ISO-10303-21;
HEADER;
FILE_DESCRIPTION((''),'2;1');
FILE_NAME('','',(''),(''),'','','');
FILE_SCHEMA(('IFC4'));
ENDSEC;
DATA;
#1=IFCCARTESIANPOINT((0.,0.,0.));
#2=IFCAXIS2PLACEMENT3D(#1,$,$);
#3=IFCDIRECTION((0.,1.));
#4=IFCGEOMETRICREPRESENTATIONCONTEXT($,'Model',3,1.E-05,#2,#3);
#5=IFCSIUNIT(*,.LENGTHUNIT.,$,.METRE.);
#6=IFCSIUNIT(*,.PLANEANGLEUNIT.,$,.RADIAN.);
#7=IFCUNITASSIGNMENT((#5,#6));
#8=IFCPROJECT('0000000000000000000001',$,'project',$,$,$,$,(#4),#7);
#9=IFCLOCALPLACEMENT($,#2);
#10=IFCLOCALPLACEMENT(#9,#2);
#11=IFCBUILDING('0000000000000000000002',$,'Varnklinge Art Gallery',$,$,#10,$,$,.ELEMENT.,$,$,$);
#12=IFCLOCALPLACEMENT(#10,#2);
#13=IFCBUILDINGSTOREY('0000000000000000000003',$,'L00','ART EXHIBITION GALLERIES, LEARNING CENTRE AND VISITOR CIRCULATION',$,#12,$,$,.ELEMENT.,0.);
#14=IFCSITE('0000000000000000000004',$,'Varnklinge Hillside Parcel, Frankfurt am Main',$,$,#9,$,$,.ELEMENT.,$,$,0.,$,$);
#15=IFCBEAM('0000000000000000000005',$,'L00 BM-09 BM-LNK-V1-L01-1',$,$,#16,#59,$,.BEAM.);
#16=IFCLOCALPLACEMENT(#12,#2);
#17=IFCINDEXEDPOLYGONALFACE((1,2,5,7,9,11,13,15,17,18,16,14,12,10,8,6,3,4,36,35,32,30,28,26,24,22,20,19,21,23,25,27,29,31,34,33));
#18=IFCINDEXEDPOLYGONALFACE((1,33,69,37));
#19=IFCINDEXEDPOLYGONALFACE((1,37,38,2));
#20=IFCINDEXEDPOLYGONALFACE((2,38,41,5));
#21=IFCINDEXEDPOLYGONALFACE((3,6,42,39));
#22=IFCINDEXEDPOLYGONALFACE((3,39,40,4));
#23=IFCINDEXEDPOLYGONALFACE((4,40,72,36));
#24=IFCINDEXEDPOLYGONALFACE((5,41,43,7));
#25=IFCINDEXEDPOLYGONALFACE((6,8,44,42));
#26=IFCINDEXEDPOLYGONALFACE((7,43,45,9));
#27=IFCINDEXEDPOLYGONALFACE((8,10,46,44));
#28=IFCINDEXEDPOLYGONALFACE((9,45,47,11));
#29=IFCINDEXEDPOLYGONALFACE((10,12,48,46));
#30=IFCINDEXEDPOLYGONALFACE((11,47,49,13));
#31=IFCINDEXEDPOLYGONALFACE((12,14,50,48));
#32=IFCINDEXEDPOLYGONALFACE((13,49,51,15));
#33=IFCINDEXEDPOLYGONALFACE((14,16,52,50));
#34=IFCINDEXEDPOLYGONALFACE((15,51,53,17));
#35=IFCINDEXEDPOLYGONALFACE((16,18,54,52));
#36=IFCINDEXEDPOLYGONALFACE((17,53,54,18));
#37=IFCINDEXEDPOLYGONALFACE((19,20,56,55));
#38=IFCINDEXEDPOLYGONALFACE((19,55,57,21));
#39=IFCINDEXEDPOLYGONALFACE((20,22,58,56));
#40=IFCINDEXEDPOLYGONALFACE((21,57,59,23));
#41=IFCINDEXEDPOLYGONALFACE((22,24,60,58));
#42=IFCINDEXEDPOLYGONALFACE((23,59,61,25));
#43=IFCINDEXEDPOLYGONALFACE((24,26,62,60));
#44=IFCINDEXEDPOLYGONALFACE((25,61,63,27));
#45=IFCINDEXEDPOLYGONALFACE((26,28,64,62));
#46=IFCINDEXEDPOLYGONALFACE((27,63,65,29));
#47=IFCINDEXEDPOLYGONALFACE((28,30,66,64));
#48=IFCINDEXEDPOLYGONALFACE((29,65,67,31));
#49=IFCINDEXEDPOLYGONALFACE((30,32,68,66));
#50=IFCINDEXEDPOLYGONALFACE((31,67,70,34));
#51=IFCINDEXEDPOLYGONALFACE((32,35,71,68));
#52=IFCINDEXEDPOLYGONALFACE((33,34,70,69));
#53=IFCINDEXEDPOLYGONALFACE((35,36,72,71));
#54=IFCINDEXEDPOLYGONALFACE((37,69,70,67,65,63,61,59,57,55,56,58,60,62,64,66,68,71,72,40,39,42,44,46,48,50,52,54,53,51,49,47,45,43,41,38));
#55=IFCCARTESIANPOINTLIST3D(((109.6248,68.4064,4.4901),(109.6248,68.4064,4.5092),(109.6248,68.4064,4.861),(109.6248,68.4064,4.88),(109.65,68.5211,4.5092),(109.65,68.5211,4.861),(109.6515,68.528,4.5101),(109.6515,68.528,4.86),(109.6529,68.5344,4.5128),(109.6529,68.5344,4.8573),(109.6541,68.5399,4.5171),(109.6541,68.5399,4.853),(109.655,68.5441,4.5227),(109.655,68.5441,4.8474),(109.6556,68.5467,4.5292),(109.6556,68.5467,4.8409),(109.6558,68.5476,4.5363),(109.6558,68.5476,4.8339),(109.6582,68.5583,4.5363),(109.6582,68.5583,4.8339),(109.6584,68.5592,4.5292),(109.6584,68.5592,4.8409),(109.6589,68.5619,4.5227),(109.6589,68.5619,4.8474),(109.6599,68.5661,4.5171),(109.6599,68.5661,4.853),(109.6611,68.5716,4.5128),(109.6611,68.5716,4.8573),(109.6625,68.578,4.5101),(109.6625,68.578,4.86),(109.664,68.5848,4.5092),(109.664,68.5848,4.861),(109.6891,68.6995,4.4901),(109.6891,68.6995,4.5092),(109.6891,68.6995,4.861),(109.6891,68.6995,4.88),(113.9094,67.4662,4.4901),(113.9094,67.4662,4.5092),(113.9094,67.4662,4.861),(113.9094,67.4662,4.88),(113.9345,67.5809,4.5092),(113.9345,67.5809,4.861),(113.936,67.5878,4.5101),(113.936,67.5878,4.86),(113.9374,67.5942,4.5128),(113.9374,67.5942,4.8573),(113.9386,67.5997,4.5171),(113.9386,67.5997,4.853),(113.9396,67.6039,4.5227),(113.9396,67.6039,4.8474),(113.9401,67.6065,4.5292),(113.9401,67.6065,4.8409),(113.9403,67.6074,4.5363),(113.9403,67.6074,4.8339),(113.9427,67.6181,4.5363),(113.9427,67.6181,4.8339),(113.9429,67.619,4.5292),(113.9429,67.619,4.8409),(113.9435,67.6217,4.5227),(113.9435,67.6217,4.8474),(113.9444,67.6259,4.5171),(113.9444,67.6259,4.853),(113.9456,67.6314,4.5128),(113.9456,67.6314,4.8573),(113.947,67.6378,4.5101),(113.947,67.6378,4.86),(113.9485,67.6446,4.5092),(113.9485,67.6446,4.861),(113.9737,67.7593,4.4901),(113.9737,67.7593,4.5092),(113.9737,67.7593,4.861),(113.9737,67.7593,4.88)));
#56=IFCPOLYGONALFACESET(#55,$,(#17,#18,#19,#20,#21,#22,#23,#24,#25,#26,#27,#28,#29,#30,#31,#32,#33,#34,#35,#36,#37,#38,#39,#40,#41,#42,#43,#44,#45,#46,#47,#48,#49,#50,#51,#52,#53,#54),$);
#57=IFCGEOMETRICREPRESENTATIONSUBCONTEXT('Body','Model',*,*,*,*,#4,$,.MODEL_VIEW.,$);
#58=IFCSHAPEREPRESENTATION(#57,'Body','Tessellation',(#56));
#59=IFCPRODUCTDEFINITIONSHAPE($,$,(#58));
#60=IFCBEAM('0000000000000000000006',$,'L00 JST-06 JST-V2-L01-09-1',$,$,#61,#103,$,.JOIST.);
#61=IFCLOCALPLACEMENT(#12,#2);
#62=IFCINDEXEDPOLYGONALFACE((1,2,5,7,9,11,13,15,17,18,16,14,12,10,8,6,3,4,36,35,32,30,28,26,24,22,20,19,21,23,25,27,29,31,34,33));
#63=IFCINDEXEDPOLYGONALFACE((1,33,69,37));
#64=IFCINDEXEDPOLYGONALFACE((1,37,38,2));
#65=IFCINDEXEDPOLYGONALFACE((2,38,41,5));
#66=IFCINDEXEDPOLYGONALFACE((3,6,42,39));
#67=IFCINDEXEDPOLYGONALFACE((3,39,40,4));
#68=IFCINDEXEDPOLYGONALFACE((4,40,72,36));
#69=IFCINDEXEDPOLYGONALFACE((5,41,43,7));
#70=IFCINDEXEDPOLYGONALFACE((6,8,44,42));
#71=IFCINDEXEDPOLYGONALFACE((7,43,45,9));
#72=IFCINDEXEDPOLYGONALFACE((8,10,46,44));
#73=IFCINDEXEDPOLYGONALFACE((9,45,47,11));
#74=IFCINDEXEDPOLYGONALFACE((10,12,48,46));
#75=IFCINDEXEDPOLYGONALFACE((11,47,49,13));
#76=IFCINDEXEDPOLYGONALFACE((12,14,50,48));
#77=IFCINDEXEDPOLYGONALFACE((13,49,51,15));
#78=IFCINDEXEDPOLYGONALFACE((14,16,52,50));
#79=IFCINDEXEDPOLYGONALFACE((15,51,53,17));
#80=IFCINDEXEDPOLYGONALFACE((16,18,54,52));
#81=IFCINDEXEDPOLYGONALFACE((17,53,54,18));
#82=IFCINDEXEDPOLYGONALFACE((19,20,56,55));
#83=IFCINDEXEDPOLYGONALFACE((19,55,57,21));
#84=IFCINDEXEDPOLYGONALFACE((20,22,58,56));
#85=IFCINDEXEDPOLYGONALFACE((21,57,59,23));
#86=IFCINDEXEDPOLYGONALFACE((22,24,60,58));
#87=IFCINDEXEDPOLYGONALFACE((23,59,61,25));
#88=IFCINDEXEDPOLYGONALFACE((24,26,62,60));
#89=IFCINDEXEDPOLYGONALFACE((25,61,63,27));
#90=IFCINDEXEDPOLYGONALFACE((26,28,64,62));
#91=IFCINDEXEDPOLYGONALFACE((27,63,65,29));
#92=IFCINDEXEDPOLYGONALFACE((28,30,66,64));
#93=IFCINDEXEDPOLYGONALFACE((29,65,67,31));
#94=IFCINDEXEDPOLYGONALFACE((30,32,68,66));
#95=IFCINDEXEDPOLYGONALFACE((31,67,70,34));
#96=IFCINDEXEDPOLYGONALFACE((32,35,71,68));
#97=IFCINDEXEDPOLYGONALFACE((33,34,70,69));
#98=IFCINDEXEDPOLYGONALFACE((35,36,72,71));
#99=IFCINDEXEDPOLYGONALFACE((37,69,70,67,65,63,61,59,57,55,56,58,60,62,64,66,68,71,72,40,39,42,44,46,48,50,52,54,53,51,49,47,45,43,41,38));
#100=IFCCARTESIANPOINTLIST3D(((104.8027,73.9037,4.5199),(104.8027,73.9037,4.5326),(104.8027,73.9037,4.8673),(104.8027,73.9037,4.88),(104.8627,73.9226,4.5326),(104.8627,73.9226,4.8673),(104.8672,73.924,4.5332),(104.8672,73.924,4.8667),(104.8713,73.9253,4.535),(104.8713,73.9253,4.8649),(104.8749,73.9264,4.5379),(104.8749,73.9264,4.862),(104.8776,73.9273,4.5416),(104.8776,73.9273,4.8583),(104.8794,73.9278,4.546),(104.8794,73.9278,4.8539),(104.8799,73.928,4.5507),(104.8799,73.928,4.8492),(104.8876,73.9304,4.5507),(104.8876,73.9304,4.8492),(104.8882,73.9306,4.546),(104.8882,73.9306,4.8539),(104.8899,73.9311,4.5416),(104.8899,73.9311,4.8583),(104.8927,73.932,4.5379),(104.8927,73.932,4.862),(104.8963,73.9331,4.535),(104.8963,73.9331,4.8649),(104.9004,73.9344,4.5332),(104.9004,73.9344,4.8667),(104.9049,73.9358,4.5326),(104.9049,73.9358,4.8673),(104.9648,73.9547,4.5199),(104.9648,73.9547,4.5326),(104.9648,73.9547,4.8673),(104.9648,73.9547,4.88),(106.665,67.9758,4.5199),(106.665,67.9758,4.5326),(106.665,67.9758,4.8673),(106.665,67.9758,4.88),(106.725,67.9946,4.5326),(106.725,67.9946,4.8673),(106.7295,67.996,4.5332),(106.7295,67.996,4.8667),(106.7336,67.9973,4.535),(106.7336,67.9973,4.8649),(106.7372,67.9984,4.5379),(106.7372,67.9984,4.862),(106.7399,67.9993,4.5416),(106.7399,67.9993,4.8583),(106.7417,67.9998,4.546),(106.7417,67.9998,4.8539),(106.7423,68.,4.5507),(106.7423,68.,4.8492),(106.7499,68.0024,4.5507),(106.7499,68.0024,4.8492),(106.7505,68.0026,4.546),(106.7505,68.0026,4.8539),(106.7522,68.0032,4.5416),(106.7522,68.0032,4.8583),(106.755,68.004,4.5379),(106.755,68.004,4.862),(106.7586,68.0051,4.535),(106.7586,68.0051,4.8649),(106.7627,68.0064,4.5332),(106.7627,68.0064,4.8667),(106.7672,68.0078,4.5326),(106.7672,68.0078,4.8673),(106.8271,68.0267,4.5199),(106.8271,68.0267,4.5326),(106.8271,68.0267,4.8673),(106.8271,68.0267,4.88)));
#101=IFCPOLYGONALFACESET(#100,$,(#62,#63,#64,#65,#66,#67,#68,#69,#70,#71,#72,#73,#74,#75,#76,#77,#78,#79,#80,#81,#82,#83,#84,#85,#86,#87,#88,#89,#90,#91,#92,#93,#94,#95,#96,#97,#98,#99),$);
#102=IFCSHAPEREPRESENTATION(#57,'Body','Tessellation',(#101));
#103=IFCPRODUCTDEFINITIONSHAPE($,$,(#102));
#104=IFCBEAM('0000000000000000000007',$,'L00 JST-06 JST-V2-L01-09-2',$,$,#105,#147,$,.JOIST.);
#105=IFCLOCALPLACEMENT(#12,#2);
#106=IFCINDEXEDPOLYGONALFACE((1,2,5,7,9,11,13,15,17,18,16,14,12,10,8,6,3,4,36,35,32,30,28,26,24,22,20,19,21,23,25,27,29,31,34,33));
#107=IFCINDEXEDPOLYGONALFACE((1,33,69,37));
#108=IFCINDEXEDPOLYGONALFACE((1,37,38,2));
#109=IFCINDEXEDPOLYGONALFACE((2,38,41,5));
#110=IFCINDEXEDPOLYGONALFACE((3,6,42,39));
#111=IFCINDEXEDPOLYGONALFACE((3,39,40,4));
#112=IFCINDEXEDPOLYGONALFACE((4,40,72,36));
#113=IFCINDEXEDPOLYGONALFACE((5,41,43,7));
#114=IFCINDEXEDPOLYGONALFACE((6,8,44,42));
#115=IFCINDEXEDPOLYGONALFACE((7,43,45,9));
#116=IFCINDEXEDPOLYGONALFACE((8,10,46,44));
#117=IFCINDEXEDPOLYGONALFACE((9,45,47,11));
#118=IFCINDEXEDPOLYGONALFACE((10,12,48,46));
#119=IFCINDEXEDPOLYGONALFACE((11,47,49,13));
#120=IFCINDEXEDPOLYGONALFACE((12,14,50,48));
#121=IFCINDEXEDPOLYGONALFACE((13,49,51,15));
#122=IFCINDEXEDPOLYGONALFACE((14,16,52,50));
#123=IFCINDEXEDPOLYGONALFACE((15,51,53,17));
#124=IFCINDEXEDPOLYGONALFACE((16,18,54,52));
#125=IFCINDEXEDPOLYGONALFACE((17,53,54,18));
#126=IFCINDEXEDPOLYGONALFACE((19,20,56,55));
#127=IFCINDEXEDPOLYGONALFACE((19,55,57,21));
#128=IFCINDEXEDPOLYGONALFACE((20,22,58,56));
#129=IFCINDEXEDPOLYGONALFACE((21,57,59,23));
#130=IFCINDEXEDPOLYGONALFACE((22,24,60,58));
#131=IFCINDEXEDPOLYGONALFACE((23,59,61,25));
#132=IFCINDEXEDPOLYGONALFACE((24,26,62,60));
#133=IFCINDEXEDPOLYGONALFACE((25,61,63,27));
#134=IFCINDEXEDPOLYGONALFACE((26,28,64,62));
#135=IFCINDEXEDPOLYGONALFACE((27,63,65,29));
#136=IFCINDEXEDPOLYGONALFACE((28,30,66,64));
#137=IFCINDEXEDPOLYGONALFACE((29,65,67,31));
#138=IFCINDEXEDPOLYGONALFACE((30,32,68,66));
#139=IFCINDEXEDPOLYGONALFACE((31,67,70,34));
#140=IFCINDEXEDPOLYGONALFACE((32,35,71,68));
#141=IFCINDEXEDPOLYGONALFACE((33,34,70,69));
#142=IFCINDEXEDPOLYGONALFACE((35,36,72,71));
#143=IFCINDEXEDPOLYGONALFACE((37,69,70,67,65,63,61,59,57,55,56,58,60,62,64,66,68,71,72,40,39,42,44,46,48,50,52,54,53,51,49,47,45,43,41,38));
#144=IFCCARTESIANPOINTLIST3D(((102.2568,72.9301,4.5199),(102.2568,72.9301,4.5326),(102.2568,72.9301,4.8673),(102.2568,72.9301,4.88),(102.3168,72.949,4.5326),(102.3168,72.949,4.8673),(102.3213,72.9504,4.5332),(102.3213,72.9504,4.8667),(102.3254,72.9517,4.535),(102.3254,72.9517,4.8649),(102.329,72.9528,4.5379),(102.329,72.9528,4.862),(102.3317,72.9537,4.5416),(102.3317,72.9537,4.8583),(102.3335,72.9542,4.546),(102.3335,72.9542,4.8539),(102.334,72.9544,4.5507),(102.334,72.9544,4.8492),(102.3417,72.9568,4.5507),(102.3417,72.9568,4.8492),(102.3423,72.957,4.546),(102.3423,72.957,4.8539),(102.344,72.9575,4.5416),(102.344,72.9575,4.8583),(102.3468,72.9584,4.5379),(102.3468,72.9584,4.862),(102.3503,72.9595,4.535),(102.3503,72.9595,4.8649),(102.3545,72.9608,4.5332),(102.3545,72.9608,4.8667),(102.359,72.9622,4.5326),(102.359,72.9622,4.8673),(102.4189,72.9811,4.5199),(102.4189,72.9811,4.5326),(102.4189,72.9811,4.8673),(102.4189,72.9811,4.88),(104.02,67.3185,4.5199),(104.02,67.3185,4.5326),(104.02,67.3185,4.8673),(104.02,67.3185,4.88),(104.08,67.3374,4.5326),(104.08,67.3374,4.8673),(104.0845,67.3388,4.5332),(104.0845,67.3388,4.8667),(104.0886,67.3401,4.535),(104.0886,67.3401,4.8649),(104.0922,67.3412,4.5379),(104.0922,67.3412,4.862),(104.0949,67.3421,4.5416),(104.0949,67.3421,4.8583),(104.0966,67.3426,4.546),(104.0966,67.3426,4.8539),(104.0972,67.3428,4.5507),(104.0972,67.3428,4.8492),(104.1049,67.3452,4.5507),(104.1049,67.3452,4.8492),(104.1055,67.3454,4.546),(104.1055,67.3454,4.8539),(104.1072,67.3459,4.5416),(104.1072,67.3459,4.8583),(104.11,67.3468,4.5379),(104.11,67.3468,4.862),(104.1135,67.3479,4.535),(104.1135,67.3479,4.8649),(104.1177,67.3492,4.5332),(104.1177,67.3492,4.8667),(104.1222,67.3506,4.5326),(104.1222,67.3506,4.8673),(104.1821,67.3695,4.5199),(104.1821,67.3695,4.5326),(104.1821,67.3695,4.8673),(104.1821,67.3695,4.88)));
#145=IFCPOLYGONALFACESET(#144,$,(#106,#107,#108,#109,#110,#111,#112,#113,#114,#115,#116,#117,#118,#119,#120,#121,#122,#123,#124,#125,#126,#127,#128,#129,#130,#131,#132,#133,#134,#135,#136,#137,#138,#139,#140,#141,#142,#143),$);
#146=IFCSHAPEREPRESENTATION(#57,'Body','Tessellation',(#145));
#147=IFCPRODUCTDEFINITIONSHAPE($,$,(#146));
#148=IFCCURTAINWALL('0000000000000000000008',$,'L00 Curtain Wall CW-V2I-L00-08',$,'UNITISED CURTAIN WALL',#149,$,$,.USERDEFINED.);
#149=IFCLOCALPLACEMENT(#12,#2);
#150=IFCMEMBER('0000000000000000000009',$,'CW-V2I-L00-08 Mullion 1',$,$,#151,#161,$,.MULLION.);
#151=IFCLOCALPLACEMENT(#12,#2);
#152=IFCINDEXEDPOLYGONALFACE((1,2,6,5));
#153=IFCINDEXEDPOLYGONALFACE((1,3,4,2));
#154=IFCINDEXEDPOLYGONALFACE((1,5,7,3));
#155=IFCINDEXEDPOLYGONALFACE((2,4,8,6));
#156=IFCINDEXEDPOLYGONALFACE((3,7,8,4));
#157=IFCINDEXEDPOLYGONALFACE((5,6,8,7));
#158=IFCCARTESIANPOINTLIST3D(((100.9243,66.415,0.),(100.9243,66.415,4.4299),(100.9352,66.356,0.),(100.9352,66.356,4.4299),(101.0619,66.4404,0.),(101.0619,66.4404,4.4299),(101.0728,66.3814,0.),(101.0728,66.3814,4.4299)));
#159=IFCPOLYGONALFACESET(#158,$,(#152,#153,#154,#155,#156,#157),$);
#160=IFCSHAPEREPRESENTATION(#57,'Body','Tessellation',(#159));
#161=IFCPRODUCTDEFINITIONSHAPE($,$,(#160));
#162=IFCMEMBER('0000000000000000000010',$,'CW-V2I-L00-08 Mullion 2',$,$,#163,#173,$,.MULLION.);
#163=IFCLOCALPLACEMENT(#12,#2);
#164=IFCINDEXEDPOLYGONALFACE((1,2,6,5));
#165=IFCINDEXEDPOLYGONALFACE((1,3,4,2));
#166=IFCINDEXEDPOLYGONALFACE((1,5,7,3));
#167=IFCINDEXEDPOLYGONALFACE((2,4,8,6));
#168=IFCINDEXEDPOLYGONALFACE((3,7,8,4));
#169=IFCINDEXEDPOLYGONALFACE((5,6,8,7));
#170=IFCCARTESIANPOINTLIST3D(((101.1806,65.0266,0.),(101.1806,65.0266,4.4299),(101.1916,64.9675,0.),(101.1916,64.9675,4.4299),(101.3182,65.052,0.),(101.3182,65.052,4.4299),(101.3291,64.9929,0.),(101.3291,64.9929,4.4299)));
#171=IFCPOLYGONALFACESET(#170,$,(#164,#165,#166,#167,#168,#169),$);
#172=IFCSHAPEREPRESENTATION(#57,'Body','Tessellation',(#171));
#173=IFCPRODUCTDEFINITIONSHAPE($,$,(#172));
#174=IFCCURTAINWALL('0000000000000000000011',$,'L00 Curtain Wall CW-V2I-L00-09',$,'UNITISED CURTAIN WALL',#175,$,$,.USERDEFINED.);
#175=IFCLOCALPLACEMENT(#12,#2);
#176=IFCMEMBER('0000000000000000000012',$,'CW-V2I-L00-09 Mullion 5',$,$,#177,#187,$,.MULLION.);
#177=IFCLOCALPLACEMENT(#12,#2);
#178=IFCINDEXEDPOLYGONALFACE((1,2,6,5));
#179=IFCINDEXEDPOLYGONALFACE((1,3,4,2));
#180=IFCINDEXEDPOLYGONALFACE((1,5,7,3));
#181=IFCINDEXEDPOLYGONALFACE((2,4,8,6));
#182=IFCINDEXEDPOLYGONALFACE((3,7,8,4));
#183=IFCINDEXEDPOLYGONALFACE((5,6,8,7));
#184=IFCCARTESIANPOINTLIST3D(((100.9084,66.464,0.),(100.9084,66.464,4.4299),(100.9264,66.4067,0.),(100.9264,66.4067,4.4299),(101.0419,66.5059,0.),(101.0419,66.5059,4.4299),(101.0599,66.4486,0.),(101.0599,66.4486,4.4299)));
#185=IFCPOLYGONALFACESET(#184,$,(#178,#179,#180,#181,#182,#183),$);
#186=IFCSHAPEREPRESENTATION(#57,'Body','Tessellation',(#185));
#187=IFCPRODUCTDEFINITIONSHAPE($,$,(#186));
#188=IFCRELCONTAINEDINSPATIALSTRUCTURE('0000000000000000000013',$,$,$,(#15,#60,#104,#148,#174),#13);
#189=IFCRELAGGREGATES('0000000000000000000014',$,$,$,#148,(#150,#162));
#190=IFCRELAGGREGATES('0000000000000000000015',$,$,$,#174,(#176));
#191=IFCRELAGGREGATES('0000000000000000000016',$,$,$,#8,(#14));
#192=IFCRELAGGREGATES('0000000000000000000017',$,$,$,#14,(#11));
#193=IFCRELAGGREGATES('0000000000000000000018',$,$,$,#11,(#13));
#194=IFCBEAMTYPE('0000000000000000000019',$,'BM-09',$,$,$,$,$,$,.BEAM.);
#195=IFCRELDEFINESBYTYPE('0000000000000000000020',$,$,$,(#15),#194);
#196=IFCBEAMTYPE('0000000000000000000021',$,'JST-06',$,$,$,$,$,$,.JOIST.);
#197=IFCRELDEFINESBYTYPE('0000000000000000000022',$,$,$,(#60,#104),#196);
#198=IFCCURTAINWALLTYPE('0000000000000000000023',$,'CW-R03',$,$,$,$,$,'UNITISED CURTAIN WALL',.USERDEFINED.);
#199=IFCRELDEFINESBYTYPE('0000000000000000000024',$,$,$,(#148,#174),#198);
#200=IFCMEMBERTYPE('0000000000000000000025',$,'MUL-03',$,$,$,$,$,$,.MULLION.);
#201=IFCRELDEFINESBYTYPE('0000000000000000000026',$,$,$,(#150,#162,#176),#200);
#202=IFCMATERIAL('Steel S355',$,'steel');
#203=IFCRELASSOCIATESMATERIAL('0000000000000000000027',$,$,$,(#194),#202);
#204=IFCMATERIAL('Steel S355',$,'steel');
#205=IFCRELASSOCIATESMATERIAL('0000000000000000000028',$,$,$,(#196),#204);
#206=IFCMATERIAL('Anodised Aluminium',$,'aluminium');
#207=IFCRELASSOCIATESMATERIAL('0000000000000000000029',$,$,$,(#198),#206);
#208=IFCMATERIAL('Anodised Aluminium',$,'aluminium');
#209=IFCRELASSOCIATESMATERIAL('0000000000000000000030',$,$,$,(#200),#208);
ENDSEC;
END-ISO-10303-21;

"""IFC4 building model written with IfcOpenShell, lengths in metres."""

from ifc_helpers import new_model, si_unit, direction, frame, origin, origin_2d, place, context, subcontext, project, spatial, rectangle, i_section, extrude, material, material_profile, profile_set, type_object, element, aggregate, save


model = new_model("IFC4")

# Units and contexts
model_context = context("Model", 3, precision=1e-05, world=origin(), true_north=direction((0.0, 1.0)))
body_context = subcontext(model_context, "Body", "Model", "MODEL_VIEW")
ifc_project = project(units=[si_unit("LENGTHUNIT", "METRE"), si_unit("PLANEANGLEUNIT", "RADIAN")], contexts=[model_context])

# Site, building, storey
site_placement = place(None, origin())
site = spatial("IfcSite", under=ifc_project, at=site_placement, Name="Varnklinge Hillside Parcel, Frankfurt am Main", CompositionType="ELEMENT", RefElevation=0.0)
building_placement = place(site_placement, origin())
building = spatial("IfcBuilding", under=site, at=building_placement, Name="Varnklinge Art Gallery", CompositionType="ELEMENT")
storey_placement = place(building_placement, origin())
storey = spatial("IfcBuildingStorey", under=building, at=storey_placement, Name="L00", Description="ART EXHIBITION GALLERIES, LEARNING CENTRE AND VISITOR CIRCULATION", CompositionType="ELEMENT", Elevation=0.0)

# Beams
ifc_material_1 = material(Name="Steel S355", Category="steel")
ifc_material_profile_1 = material_profile(ifc_material_1, i_section(OverallWidth=0.3, OverallDepth=0.3899, WebThickness=0.011, FlangeThickness=0.019, FilletRadius=0.0271, at=origin_2d()), Name="HEA 400")
ifc_profile_set_1 = profile_set([ifc_material_profile_1], Name="Steel S355")
beam_type_1 = type_object("IfcBeamType", Name="BM-09", PredefinedType="BEAM", material=ifc_profile_set_1)
beam_1_placement = place(storey_placement, frame((109.657, 68.553, 4.6851), z_axis=(0.976759, -0.214343, 0.0), x_axis=(0.214343, 0.976759, 0.0)))
element("IfcBeam", 1, at=beam_1_placement, inside=storey, type_object=beam_type_1, Name="L00 BM-09 BM-LNK-V1-L01-1", PredefinedType="BEAM", context=body_context, shape_type="SweptSolid", body=[
    extrude(i_section(OverallWidth=0.3, OverallDepth=0.3899, WebThickness=0.011, FlangeThickness=0.019, FilletRadius=0.0271, at=origin_2d()), origin(), (0.0, 0.0, 1.0), 4.3865),
])
ifc_material_2 = material(Name="Steel S355", Category="steel")
ifc_material_profile_2 = material_profile(ifc_material_2, i_section(OverallWidth=0.1699, OverallDepth=0.3601, WebThickness=0.0081, FlangeThickness=0.0127, FilletRadius=0.0181, at=origin_2d()), Name="IPE 360")
ifc_profile_set_2 = profile_set([ifc_material_profile_2], Name="Steel S355")
beam_type_2 = type_object("IfcBeamType", Name="JST-06", PredefinedType="JOIST", material=ifc_profile_set_2)
beam_2_placement = place(storey_placement, frame((106.7461, 68.0012, 4.7), z_axis=(-0.299713, 0.954029, 0.0), x_axis=(-0.954029, -0.299713, 0.0)))
element("IfcBeam", 2, at=beam_2_placement, inside=storey, type_object=beam_type_2, Name="L00 JST-06 JST-V2-L01-09-1", PredefinedType="JOIST", context=body_context, shape_type="SweptSolid", body=[
    extrude(i_section(OverallWidth=0.1699, OverallDepth=0.3601, WebThickness=0.0081, FlangeThickness=0.0127, FilletRadius=0.0181, at=origin_2d()), origin(), (0.0, 0.0, 1.0), 6.2136),
])
beam_3_placement = place(storey_placement, frame((104.1011, 67.344, 4.7), z_axis=(-0.299756, 0.954016, 0.0), x_axis=(-0.954016, -0.299756, 0.0)))
element("IfcBeam", 3, at=beam_3_placement, inside=storey, type_object=beam_type_2, Name="L00 JST-06 JST-V2-L01-09-2", PredefinedType="JOIST", context=body_context, shape_type="SweptSolid", body=[
    extrude(i_section(OverallWidth=0.1699, OverallDepth=0.3601, WebThickness=0.0081, FlangeThickness=0.0127, FilletRadius=0.0181, at=origin_2d()), origin(), (0.0, 0.0, 1.0), 5.8821),
])

# Curtain wall, members
ifc_material_3 = material(Name="Anodised Aluminium", Category="aluminium")
curtain_wall_type = type_object("IfcCurtainWallType", Name="CW-R03", ElementType="UNITISED CURTAIN WALL", PredefinedType="USERDEFINED", material=ifc_material_3)
curtain_wall_1_placement = place(storey_placement, origin())
curtain_wall_1 = element("IfcCurtainWall", 4, at=curtain_wall_1_placement, inside=storey, type_object=curtain_wall_type, Name="L00 Curtain Wall CW-V2I-L00-08", ObjectType="UNITISED CURTAIN WALL", PredefinedType="USERDEFINED")
ifc_material_4 = material(Name="Anodised Aluminium", Category="aluminium")
ifc_material_profile_3 = material_profile(ifc_material_4, rectangle(XDim=0.0601, YDim=0.1399, at=origin_2d()), Name="ALU 60x140")
ifc_profile_set_3 = profile_set([ifc_material_profile_3], Name="Anodised Aluminium")
member_type_1 = type_object("IfcMemberType", Name="MUL-03", PredefinedType="MULLION", material=ifc_profile_set_3)
member_1_placement = place(storey_placement, frame((100.9985, 66.3982, 0.0), z_axis=(0.0, 0.0, 1.0), x_axis=(0.181549, -0.983382, 0.0)))
member_1 = element("IfcMember", 5, at=member_1_placement, type_object=member_type_1, Name="CW-V2I-L00-08 Mullion 1", PredefinedType="MULLION", context=body_context, shape_type="SweptSolid", body=[
    extrude(rectangle(XDim=0.0601, YDim=0.1399, at=origin_2d()), origin(), (0.0, 0.0, 1.0), 4.4299),
])
member_2_placement = place(storey_placement, frame((101.2549, 65.0098, 0.0), z_axis=(0.0, 0.0, 1.0), x_axis=(0.181549, -0.983382, 0.0)))
member_2 = element("IfcMember", 6, at=member_2_placement, type_object=member_type_1, Name="CW-V2I-L00-08 Mullion 2", PredefinedType="MULLION", context=body_context, shape_type="SweptSolid", body=[
    extrude(rectangle(XDim=0.0601, YDim=0.1399, at=origin_2d()), origin(), (0.0, 0.0, 1.0), 4.4299),
])

# Curtain wall, member
curtain_wall_2_placement = place(storey_placement, origin())
curtain_wall_2 = element("IfcCurtainWall", 7, at=curtain_wall_2_placement, inside=storey, type_object=curtain_wall_type, Name="L00 Curtain Wall CW-V2I-L00-09", ObjectType="UNITISED CURTAIN WALL", PredefinedType="USERDEFINED")
member_3_placement = place(storey_placement, frame((100.9841, 66.4563, 0.0), z_axis=(0.0, 0.0, 1.0), x_axis=(0.299707, -0.954031, 0.0)))
member_3 = element("IfcMember", 8, at=member_3_placement, type_object=member_type_1, Name="CW-V2I-L00-09 Mullion 5", PredefinedType="MULLION", context=body_context, shape_type="SweptSolid", body=[
    extrude(rectangle(XDim=0.0601, YDim=0.1399, at=origin_2d()), origin(), (0.0, 0.0, 1.0), 4.4299),
])

aggregate(curtain_wall_1, [member_1, member_2])
aggregate(curtain_wall_2, [member_3])

save(model, "model.ifc")
